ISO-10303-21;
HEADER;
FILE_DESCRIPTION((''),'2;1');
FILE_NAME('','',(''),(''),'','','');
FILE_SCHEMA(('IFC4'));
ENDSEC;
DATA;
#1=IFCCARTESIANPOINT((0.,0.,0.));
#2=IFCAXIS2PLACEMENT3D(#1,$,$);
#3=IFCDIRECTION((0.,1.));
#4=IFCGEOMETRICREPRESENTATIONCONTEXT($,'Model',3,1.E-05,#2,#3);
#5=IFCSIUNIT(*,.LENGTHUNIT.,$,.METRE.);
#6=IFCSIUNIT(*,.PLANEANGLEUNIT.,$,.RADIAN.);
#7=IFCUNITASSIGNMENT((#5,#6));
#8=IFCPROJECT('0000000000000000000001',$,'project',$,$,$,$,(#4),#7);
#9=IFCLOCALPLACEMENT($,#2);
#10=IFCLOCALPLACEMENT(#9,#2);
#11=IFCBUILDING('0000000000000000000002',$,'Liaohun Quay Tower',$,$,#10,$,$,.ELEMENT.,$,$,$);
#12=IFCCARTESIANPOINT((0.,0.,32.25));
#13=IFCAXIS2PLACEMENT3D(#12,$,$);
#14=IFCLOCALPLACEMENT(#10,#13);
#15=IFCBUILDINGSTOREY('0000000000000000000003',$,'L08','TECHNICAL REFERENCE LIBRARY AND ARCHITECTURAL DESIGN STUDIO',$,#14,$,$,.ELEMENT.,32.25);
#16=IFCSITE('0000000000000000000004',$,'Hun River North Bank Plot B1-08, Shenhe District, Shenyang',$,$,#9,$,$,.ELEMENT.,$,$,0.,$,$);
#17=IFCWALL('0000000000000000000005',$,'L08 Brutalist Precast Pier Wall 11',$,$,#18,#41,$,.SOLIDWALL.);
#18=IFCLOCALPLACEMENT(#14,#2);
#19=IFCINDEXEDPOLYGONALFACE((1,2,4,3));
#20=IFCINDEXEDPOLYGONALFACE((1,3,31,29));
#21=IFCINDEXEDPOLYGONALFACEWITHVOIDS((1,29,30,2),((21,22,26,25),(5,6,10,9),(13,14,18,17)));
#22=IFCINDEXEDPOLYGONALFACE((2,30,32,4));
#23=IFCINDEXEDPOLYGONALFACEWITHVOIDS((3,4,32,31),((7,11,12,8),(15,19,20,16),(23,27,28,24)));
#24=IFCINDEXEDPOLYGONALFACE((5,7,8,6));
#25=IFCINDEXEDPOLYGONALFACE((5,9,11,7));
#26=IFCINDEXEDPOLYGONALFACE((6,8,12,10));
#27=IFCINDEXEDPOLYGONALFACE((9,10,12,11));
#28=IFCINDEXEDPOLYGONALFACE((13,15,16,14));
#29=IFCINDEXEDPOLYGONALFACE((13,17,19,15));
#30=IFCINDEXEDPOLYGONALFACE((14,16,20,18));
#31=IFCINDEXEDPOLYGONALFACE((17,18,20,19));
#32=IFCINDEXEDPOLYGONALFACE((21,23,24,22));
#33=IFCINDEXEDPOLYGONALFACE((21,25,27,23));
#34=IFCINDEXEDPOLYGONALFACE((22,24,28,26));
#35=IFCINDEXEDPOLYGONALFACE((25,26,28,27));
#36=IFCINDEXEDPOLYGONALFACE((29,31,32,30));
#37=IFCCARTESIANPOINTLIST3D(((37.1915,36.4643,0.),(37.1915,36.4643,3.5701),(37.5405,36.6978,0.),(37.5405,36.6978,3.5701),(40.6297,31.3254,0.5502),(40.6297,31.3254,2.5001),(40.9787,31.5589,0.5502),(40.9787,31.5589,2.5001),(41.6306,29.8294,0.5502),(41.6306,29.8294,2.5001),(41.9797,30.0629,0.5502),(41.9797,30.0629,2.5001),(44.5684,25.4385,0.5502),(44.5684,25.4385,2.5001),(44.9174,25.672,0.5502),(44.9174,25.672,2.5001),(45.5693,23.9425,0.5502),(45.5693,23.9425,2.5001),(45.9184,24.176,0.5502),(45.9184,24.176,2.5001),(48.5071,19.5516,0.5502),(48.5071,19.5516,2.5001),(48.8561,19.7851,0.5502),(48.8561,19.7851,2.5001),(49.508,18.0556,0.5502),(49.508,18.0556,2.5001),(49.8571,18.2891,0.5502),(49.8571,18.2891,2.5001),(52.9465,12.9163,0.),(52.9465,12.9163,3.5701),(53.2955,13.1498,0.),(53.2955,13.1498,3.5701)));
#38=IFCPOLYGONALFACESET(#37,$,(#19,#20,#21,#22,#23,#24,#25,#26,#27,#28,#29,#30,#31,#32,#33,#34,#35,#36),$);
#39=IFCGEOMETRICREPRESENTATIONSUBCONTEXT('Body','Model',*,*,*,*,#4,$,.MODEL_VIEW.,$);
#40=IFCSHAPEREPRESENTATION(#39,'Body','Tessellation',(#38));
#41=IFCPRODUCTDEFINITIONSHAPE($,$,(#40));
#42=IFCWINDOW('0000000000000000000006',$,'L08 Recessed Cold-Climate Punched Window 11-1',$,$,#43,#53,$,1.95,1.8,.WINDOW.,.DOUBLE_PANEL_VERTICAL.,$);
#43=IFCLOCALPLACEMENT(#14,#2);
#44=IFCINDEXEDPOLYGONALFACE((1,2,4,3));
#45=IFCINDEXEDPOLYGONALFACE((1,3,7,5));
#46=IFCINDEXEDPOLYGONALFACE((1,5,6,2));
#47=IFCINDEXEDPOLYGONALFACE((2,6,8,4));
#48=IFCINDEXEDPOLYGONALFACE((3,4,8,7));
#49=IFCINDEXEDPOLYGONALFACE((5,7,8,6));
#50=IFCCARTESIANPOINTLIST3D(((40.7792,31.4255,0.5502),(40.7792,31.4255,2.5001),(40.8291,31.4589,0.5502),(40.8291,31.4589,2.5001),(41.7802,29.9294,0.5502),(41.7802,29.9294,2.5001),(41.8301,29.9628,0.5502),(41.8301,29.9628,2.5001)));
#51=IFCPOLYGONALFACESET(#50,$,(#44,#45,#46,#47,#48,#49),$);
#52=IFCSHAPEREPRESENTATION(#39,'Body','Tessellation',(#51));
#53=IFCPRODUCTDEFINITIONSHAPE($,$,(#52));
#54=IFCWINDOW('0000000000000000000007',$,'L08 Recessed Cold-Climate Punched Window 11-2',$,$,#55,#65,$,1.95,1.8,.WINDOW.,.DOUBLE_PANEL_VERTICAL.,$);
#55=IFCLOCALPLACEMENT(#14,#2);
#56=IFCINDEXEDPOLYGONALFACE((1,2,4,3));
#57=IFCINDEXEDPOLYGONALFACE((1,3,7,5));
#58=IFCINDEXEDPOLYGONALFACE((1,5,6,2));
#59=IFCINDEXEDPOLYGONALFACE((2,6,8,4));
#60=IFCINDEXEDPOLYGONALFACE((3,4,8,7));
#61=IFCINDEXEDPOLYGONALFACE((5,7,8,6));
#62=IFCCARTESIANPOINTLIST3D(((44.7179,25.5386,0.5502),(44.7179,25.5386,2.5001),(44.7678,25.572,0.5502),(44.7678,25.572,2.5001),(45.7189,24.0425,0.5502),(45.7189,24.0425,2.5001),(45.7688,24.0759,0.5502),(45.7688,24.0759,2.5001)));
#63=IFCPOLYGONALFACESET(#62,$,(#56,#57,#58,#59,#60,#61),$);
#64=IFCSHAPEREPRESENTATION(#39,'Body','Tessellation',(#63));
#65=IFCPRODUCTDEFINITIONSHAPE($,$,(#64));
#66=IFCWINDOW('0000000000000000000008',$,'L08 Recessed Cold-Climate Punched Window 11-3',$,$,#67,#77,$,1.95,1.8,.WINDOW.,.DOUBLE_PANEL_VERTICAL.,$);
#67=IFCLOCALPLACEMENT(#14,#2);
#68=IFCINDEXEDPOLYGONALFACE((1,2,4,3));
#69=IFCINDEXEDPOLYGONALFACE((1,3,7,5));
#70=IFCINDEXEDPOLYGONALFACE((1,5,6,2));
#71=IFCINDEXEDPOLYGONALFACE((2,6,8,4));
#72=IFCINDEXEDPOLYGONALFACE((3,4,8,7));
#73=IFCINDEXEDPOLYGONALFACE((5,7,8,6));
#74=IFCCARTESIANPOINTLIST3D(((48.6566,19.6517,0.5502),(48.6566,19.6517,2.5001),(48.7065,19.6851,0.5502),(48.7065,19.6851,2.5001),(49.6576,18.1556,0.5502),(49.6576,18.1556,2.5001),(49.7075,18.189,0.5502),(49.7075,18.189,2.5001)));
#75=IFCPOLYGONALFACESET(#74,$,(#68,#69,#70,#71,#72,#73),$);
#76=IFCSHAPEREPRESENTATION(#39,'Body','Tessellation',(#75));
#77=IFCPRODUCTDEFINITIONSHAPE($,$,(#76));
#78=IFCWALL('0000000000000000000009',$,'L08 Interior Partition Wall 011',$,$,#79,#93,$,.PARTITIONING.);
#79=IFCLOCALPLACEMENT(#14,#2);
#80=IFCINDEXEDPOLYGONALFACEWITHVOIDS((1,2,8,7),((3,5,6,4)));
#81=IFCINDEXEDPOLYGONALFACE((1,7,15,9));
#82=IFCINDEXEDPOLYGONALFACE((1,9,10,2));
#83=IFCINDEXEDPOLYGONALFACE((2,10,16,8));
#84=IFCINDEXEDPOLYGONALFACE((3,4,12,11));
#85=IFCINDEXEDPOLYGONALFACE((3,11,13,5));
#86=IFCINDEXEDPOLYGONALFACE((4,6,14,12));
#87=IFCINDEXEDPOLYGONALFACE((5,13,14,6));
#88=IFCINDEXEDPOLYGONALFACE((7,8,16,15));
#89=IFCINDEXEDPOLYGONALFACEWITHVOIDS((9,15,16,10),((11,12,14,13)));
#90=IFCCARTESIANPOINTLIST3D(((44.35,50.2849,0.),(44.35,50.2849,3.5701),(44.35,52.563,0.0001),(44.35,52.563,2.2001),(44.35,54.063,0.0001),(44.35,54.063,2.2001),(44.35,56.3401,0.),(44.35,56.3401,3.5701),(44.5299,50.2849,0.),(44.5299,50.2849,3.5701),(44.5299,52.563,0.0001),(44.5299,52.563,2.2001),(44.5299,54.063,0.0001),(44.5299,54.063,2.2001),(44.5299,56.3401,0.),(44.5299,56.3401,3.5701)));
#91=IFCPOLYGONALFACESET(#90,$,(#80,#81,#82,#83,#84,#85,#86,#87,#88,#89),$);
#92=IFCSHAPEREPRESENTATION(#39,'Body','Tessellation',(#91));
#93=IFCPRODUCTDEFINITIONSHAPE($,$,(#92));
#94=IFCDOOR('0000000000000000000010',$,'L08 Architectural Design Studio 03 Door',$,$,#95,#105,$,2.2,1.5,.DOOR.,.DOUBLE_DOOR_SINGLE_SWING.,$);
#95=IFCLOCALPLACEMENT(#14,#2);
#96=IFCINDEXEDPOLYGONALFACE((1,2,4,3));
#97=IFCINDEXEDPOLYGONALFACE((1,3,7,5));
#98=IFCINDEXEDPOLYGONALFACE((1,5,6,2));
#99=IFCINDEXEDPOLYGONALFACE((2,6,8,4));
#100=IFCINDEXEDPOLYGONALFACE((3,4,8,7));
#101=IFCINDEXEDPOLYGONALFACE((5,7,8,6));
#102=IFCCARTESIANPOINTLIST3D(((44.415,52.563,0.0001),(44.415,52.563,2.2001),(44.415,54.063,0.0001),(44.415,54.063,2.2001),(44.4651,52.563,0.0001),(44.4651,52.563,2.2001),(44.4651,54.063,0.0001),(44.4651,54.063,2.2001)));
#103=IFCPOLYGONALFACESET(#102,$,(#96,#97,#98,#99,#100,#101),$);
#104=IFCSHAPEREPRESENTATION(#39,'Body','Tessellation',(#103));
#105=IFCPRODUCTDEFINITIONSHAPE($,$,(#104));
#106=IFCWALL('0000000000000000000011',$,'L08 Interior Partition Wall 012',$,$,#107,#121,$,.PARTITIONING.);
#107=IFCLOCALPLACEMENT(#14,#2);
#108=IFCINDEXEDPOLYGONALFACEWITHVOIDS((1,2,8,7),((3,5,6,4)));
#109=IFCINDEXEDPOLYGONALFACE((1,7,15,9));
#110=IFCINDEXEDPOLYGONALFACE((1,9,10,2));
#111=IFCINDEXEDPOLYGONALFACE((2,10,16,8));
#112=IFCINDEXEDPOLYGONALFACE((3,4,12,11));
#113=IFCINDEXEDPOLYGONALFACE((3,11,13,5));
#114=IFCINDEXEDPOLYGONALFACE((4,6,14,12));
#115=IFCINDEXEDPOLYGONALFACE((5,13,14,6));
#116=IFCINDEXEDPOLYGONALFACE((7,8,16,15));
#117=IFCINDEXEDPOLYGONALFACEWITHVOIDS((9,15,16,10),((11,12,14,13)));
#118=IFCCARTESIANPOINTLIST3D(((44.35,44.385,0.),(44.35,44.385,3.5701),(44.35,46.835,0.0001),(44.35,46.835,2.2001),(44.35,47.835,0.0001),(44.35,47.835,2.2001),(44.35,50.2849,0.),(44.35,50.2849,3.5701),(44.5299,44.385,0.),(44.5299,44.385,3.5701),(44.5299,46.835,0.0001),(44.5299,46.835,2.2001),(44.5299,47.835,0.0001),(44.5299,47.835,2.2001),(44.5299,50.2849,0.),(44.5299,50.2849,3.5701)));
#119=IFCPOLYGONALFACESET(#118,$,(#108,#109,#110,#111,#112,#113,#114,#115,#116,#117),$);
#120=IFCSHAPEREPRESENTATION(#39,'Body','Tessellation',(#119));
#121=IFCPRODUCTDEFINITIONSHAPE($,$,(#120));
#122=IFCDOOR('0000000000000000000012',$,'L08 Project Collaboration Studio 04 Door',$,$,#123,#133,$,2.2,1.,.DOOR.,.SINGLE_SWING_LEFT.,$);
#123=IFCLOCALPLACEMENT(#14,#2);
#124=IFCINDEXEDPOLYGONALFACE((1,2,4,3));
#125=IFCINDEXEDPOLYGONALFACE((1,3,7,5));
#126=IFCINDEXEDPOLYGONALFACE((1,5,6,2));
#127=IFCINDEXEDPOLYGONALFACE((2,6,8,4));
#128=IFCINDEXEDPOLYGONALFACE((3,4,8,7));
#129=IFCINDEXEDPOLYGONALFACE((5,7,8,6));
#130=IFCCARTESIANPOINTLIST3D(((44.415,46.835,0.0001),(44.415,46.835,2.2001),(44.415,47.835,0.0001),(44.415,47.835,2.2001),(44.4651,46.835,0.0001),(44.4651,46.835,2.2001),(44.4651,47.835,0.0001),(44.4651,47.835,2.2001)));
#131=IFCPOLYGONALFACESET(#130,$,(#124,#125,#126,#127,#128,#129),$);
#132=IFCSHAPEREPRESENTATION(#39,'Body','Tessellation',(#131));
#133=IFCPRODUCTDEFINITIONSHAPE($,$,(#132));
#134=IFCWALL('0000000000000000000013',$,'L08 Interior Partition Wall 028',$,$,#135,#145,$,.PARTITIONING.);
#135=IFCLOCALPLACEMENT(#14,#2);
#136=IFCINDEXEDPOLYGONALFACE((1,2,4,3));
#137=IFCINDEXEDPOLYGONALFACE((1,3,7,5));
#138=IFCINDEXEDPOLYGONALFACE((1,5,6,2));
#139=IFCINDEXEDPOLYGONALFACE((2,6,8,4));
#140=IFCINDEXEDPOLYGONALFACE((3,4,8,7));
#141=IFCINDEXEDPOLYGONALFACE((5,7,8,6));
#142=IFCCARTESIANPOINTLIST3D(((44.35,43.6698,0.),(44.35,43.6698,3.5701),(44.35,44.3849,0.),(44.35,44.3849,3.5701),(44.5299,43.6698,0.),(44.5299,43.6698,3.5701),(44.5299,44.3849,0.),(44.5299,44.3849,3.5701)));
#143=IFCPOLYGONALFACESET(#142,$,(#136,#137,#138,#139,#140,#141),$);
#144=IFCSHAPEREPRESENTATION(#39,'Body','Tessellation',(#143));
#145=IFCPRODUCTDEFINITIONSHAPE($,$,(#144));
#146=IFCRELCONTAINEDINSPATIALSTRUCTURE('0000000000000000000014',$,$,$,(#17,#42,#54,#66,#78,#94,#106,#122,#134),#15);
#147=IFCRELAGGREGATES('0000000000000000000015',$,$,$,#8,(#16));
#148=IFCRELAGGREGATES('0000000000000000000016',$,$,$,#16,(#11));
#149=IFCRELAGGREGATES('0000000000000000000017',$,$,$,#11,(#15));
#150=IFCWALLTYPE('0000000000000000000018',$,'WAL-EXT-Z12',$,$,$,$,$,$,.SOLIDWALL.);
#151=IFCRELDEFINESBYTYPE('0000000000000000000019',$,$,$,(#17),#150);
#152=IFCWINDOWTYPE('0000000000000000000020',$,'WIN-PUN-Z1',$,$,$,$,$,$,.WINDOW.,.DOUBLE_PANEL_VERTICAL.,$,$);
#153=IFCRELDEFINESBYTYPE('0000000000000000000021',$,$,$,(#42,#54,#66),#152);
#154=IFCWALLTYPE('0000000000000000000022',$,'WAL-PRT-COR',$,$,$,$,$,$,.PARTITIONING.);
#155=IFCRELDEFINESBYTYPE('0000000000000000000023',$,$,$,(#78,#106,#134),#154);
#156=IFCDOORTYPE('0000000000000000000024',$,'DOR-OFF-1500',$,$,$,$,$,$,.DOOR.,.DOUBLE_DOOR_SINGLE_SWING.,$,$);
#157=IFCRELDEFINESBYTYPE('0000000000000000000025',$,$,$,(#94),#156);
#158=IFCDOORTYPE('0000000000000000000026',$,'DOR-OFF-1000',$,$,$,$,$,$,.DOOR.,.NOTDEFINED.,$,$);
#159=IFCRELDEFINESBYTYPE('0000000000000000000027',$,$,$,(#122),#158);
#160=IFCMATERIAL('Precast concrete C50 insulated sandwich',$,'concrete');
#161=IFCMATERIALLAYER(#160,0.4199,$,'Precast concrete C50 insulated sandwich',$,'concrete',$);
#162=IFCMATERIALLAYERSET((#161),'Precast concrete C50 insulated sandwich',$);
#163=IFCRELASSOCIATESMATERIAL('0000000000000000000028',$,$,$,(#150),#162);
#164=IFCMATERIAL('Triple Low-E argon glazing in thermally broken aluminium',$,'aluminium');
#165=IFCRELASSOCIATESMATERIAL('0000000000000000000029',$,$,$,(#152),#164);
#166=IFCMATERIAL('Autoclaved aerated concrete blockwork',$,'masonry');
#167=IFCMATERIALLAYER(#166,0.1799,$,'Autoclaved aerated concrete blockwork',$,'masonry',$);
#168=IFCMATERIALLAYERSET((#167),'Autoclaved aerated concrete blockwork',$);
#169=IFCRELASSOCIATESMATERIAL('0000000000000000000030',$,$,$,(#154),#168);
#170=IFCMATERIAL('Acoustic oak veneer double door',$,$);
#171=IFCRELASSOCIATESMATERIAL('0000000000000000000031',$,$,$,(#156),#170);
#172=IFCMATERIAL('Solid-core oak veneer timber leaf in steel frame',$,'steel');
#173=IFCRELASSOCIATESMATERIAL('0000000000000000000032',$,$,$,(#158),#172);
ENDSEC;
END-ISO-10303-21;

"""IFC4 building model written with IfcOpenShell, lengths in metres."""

from ifc_helpers import new_model, si_unit, direction, frame, frame_2d, origin, place, context, subcontext, project, spatial, rectangle, extrude, source, transform, mapped, material, layer, layer_set, type_object, element, fill, save


model = new_model("IFC4")

# Units and contexts
model_context = context("Model", 3, precision=1e-05, world=origin(), true_north=direction((0.0, 1.0)))
body_context = subcontext(model_context, "Body", "Model", "MODEL_VIEW")
ifc_project = project(units=[si_unit("LENGTHUNIT", "METRE"), si_unit("PLANEANGLEUNIT", "RADIAN")], contexts=[model_context])

# Site, building, storey
site_placement = place(None, origin())
site = spatial("IfcSite", under=ifc_project, at=site_placement, Name="Hun River North Bank Plot B1-08, Shenhe District, Shenyang", CompositionType="ELEMENT", RefElevation=0.0)
building_placement = place(site_placement, origin())
building = spatial("IfcBuilding", under=site, at=building_placement, Name="Liaohun Quay Tower", CompositionType="ELEMENT")
storey_placement = place(building_placement, frame((0.0, 0.0, 32.25)))
storey = spatial("IfcBuildingStorey", under=building, at=storey_placement, Name="L08", Description="TECHNICAL REFERENCE LIBRARY AND ARCHITECTURAL DESIGN STUDIO", CompositionType="ELEMENT", Elevation=32.25)

# Wall, openings, windows
ifc_material_1 = material(Name="Precast concrete C50 insulated sandwich", Category="concrete")
ifc_layer_1 = layer(ifc_material_1, 0.4199, Name="Precast concrete C50 insulated sandwich", Category="concrete")
ifc_layer_set_1 = layer_set([ifc_layer_1], Name="Precast concrete C50 insulated sandwich")
wall_type_1 = type_object("IfcWallType", Name="WAL-EXT-Z12", PredefinedType="SOLIDWALL", material=ifc_layer_set_1)
wall_1_placement = place(storey_placement, frame((37.366, 36.5811, 0.0), z_axis=(0.0, 0.0, 1.0), x_axis=(0.556077, -0.83113, 0.0)))
wall_1 = element("IfcWall", 1, at=wall_1_placement, inside=storey, type_object=wall_type_1, Name="L08 Brutalist Precast Pier Wall 11", PredefinedType="SOLIDWALL", context=body_context, shape_type="SweptSolid", body=[
    extrude(rectangle(XDim=28.3325, YDim=0.4199, at=frame_2d((14.1663, 0.0))), origin(), (0.0, 0.0, 1.0), 3.5701),
])
shared_shape_1 = source(origin(), body_context, "Body", "SweptSolid", [
    extrude(rectangle(XDim=1.8, YDim=1.95, at=frame_2d((0.8999, 0.9751))), frame((0.0, 0.22, 0.0), z_axis=(0.0, -1.0, 0.0), x_axis=(1.0, 0.0, 0.0)), (0.0, 0.0, 1.0), 0.4399),
])
opening_1_placement = place(wall_1_placement, frame((6.1831, 0.0, 0.55)))
opening_1 = element("IfcOpeningElement", 2, at=opening_1_placement, cuts=wall_1, PredefinedType="OPENING", context=body_context, shape_type="MappedRepresentation", body=[
    mapped(shared_shape_1, transform((0.0, 0.0, 0.0), x_axis=(1.0, 0.0, 0.0), y_axis=(0.0, 1.0, 0.0), z_axis=(0.0, 0.0, 1.0), scale=1.0)),
])
opening_2_placement = place(wall_1_placement, frame((13.2661, 0.0, 0.55)))
opening_2 = element("IfcOpeningElement", 3, at=opening_2_placement, cuts=wall_1, PredefinedType="OPENING", context=body_context, shape_type="MappedRepresentation", body=[
    mapped(shared_shape_1, transform((0.0, 0.0, 0.0), x_axis=(1.0, 0.0, 0.0), y_axis=(0.0, 1.0, 0.0), z_axis=(0.0, 0.0, 1.0), scale=1.0)),
])
opening_3_placement = place(wall_1_placement, frame((20.3491, 0.0, 0.55)))
opening_3 = element("IfcOpeningElement", 4, at=opening_3_placement, cuts=wall_1, PredefinedType="OPENING", context=body_context, shape_type="MappedRepresentation", body=[
    mapped(shared_shape_1, transform((0.0, 0.0, 0.0), x_axis=(1.0, 0.0, 0.0), y_axis=(0.0, 1.0, 0.0), z_axis=(0.0, 0.0, 1.0), scale=1.0)),
])
ifc_material_2 = material(Name="Triple Low-E argon glazing in thermally broken aluminium", Category="aluminium")
window_type = type_object("IfcWindowType", Name="WIN-PUN-Z1", PartitioningType="DOUBLE_PANEL_VERTICAL", PredefinedType="WINDOW", material=ifc_material_2)
shared_shape_2 = source(origin(), body_context, "Body", "SweptSolid", [
    extrude(rectangle(XDim=1.8, YDim=1.95, at=frame_2d((0.8999, 0.9751))), frame((0.0, 0.03, 0.0), z_axis=(0.0, -1.0, 0.0), x_axis=(1.0, 0.0, 0.0)), (0.0, 0.0, 1.0), 0.0601),
])
window_1_placement = place(opening_1_placement, origin())
window_1 = element("IfcWindow", 5, at=window_1_placement, inside=storey, type_object=window_type, Name="L08 Recessed Cold-Climate Punched Window 11-1", OverallHeight=1.95, OverallWidth=1.8, PartitioningType="DOUBLE_PANEL_VERTICAL", PredefinedType="WINDOW", context=body_context, shape_type="MappedRepresentation", body=[
    mapped(shared_shape_2, transform((0.0, 0.0, 0.0), x_axis=(1.0, 0.0, 0.0), y_axis=(0.0, 1.0, 0.0), z_axis=(0.0, 0.0, 1.0), scale=1.0)),
])
fill(opening_1, window_1)
window_2_placement = place(opening_2_placement, origin())
window_2 = element("IfcWindow", 6, at=window_2_placement, inside=storey, type_object=window_type, Name="L08 Recessed Cold-Climate Punched Window 11-2", OverallHeight=1.95, OverallWidth=1.8, PartitioningType="DOUBLE_PANEL_VERTICAL", PredefinedType="WINDOW", context=body_context, shape_type="MappedRepresentation", body=[
    mapped(shared_shape_2, transform((0.0, 0.0, 0.0), x_axis=(1.0, 0.0, 0.0), y_axis=(0.0, 1.0, 0.0), z_axis=(0.0, 0.0, 1.0), scale=1.0)),
])
fill(opening_2, window_2)
window_3_placement = place(opening_3_placement, origin())
window_3 = element("IfcWindow", 7, at=window_3_placement, inside=storey, type_object=window_type, Name="L08 Recessed Cold-Climate Punched Window 11-3", OverallHeight=1.95, OverallWidth=1.8, PartitioningType="DOUBLE_PANEL_VERTICAL", PredefinedType="WINDOW", context=body_context, shape_type="MappedRepresentation", body=[
    mapped(shared_shape_2, transform((0.0, 0.0, 0.0), x_axis=(1.0, 0.0, 0.0), y_axis=(0.0, 1.0, 0.0), z_axis=(0.0, 0.0, 1.0), scale=1.0)),
])
fill(opening_3, window_3)

# Walls, openings, doors
ifc_material_3 = material(Name="Autoclaved aerated concrete blockwork", Category="masonry")
ifc_layer_2 = layer(ifc_material_3, 0.1799, Name="Autoclaved aerated concrete blockwork", Category="masonry")
ifc_layer_set_2 = layer_set([ifc_layer_2], Name="Autoclaved aerated concrete blockwork")
wall_type_2 = type_object("IfcWallType", Name="WAL-PRT-COR", PredefinedType="PARTITIONING", material=ifc_layer_set_2)
wall_2_placement = place(storey_placement, frame((44.4399, 50.2849, 0.0), z_axis=(0.0, 0.0, 1.0), x_axis=(0.0, 1.0, 0.0)))
wall_2 = element("IfcWall", 8, at=wall_2_placement, inside=storey, type_object=wall_type_2, Name="L08 Interior Partition Wall 011", PredefinedType="PARTITIONING", context=body_context, shape_type="SweptSolid", body=[
    extrude(rectangle(XDim=6.0552, YDim=0.1799, at=frame_2d((3.0276, 0.0))), origin(), (0.0, 0.0, 1.0), 3.5701),
])
shared_shape_3 = source(origin(), body_context, "Body", "SweptSolid", [
    extrude(rectangle(XDim=1.5, YDim=2.2, at=frame_2d((0.75, 1.1001))), frame((0.0, 0.0999, 0.0), z_axis=(0.0, -1.0, 0.0), x_axis=(1.0, 0.0, 0.0)), (0.0, 0.0, 1.0), 0.2),
])
opening_4_placement = place(wall_2_placement, frame((2.2781, 0.0, 0.0)))
opening_4 = element("IfcOpeningElement", 9, at=opening_4_placement, cuts=wall_2, PredefinedType="OPENING", context=body_context, shape_type="MappedRepresentation", body=[
    mapped(shared_shape_3, transform((0.0, 0.0, 0.0), x_axis=(1.0, 0.0, 0.0), y_axis=(0.0, 1.0, 0.0), z_axis=(0.0, 0.0, 1.0), scale=1.0)),
])
ifc_material_4 = material(Name="Acoustic oak veneer double door")
door_type_1 = type_object("IfcDoorType", Name="DOR-OFF-1500", OperationType="DOUBLE_DOOR_SINGLE_SWING", PredefinedType="DOOR", material=ifc_material_4)
shared_shape_4 = source(origin(), body_context, "Body", "SweptSolid", [
    extrude(rectangle(XDim=1.5, YDim=2.2, at=frame_2d((0.75, 1.1001))), frame((0.0, 0.0249, 0.0), z_axis=(0.0, -1.0, 0.0), x_axis=(1.0, 0.0, 0.0)), (0.0, 0.0, 1.0), 0.05),
])
door_1_placement = place(opening_4_placement, origin())
door_1 = element("IfcDoor", 10, at=door_1_placement, inside=storey, type_object=door_type_1, Name="L08 Architectural Design Studio 03 Door", OperationType="DOUBLE_DOOR_SINGLE_SWING", OverallHeight=2.2, OverallWidth=1.5, PredefinedType="DOOR", context=body_context, shape_type="MappedRepresentation", body=[
    mapped(shared_shape_4, transform((0.0, 0.0, 0.0), x_axis=(1.0, 0.0, 0.0), y_axis=(0.0, 1.0, 0.0), z_axis=(0.0, 0.0, 1.0), scale=1.0)),
])
fill(opening_4, door_1)
wall_3_placement = place(storey_placement, frame((44.4399, 44.385, 0.0), z_axis=(0.0, 0.0, 1.0), x_axis=(0.0, 1.0, 0.0)))
wall_3 = element("IfcWall", 11, at=wall_3_placement, inside=storey, type_object=wall_type_2, Name="L08 Interior Partition Wall 012", PredefinedType="PARTITIONING", context=body_context, shape_type="SweptSolid", body=[
    extrude(rectangle(XDim=5.8999, YDim=0.1799, at=frame_2d((2.95, 0.0))), origin(), (0.0, 0.0, 1.0), 3.5701),
])
shared_shape_5 = source(origin(), body_context, "Body", "SweptSolid", [
    extrude(rectangle(XDim=1.0, YDim=2.2, at=frame_2d((0.5, 1.1001))), frame((0.0, 0.0999, 0.0), z_axis=(0.0, -1.0, 0.0), x_axis=(1.0, 0.0, 0.0)), (0.0, 0.0, 1.0), 0.2),
])
opening_5_placement = place(wall_3_placement, frame((2.45, 0.0, 0.0)))
opening_5 = element("IfcOpeningElement", 12, at=opening_5_placement, cuts=wall_3, PredefinedType="OPENING", context=body_context, shape_type="MappedRepresentation", body=[
    mapped(shared_shape_5, transform((0.0, 0.0, 0.0), x_axis=(1.0, 0.0, 0.0), y_axis=(0.0, 1.0, 0.0), z_axis=(0.0, 0.0, 1.0), scale=1.0)),
])
ifc_material_5 = material(Name="Solid-core oak veneer timber leaf in steel frame", Category="steel")
door_type_2 = type_object("IfcDoorType", Name="DOR-OFF-1000", OperationType="NOTDEFINED", PredefinedType="DOOR", material=ifc_material_5)
shared_shape_6 = source(origin(), body_context, "Body", "SweptSolid", [
    extrude(rectangle(XDim=1.0, YDim=2.2, at=frame_2d((0.5, 1.1001))), frame((0.0, 0.0249, 0.0), z_axis=(0.0, -1.0, 0.0), x_axis=(1.0, 0.0, 0.0)), (0.0, 0.0, 1.0), 0.05),
])
door_2_placement = place(opening_5_placement, origin())
door_2 = element("IfcDoor", 13, at=door_2_placement, inside=storey, type_object=door_type_2, Name="L08 Project Collaboration Studio 04 Door", OperationType="SINGLE_SWING_LEFT", OverallHeight=2.2, OverallWidth=1.0, PredefinedType="DOOR", context=body_context, shape_type="MappedRepresentation", body=[
    mapped(shared_shape_6, transform((0.0, 0.0, 0.0), x_axis=(1.0, 0.0, 0.0), y_axis=(0.0, 1.0, 0.0), z_axis=(0.0, 0.0, 1.0), scale=1.0)),
])
fill(opening_5, door_2)

# Wall
wall_4_placement = place(storey_placement, frame((44.4399, 43.6699, 0.0), z_axis=(0.0, 0.0, 1.0), x_axis=(0.0, 1.0, 0.0)))
element("IfcWall", 14, at=wall_4_placement, inside=storey, type_object=wall_type_2, Name="L08 Interior Partition Wall 028", PredefinedType="PARTITIONING", context=body_context, shape_type="SweptSolid", body=[
    extrude(rectangle(XDim=0.7151, YDim=0.1799, at=frame_2d((0.3574, 0.0))), origin(), (0.0, 0.0, 1.0), 3.5701),
])

save(model, "model.ifc")
